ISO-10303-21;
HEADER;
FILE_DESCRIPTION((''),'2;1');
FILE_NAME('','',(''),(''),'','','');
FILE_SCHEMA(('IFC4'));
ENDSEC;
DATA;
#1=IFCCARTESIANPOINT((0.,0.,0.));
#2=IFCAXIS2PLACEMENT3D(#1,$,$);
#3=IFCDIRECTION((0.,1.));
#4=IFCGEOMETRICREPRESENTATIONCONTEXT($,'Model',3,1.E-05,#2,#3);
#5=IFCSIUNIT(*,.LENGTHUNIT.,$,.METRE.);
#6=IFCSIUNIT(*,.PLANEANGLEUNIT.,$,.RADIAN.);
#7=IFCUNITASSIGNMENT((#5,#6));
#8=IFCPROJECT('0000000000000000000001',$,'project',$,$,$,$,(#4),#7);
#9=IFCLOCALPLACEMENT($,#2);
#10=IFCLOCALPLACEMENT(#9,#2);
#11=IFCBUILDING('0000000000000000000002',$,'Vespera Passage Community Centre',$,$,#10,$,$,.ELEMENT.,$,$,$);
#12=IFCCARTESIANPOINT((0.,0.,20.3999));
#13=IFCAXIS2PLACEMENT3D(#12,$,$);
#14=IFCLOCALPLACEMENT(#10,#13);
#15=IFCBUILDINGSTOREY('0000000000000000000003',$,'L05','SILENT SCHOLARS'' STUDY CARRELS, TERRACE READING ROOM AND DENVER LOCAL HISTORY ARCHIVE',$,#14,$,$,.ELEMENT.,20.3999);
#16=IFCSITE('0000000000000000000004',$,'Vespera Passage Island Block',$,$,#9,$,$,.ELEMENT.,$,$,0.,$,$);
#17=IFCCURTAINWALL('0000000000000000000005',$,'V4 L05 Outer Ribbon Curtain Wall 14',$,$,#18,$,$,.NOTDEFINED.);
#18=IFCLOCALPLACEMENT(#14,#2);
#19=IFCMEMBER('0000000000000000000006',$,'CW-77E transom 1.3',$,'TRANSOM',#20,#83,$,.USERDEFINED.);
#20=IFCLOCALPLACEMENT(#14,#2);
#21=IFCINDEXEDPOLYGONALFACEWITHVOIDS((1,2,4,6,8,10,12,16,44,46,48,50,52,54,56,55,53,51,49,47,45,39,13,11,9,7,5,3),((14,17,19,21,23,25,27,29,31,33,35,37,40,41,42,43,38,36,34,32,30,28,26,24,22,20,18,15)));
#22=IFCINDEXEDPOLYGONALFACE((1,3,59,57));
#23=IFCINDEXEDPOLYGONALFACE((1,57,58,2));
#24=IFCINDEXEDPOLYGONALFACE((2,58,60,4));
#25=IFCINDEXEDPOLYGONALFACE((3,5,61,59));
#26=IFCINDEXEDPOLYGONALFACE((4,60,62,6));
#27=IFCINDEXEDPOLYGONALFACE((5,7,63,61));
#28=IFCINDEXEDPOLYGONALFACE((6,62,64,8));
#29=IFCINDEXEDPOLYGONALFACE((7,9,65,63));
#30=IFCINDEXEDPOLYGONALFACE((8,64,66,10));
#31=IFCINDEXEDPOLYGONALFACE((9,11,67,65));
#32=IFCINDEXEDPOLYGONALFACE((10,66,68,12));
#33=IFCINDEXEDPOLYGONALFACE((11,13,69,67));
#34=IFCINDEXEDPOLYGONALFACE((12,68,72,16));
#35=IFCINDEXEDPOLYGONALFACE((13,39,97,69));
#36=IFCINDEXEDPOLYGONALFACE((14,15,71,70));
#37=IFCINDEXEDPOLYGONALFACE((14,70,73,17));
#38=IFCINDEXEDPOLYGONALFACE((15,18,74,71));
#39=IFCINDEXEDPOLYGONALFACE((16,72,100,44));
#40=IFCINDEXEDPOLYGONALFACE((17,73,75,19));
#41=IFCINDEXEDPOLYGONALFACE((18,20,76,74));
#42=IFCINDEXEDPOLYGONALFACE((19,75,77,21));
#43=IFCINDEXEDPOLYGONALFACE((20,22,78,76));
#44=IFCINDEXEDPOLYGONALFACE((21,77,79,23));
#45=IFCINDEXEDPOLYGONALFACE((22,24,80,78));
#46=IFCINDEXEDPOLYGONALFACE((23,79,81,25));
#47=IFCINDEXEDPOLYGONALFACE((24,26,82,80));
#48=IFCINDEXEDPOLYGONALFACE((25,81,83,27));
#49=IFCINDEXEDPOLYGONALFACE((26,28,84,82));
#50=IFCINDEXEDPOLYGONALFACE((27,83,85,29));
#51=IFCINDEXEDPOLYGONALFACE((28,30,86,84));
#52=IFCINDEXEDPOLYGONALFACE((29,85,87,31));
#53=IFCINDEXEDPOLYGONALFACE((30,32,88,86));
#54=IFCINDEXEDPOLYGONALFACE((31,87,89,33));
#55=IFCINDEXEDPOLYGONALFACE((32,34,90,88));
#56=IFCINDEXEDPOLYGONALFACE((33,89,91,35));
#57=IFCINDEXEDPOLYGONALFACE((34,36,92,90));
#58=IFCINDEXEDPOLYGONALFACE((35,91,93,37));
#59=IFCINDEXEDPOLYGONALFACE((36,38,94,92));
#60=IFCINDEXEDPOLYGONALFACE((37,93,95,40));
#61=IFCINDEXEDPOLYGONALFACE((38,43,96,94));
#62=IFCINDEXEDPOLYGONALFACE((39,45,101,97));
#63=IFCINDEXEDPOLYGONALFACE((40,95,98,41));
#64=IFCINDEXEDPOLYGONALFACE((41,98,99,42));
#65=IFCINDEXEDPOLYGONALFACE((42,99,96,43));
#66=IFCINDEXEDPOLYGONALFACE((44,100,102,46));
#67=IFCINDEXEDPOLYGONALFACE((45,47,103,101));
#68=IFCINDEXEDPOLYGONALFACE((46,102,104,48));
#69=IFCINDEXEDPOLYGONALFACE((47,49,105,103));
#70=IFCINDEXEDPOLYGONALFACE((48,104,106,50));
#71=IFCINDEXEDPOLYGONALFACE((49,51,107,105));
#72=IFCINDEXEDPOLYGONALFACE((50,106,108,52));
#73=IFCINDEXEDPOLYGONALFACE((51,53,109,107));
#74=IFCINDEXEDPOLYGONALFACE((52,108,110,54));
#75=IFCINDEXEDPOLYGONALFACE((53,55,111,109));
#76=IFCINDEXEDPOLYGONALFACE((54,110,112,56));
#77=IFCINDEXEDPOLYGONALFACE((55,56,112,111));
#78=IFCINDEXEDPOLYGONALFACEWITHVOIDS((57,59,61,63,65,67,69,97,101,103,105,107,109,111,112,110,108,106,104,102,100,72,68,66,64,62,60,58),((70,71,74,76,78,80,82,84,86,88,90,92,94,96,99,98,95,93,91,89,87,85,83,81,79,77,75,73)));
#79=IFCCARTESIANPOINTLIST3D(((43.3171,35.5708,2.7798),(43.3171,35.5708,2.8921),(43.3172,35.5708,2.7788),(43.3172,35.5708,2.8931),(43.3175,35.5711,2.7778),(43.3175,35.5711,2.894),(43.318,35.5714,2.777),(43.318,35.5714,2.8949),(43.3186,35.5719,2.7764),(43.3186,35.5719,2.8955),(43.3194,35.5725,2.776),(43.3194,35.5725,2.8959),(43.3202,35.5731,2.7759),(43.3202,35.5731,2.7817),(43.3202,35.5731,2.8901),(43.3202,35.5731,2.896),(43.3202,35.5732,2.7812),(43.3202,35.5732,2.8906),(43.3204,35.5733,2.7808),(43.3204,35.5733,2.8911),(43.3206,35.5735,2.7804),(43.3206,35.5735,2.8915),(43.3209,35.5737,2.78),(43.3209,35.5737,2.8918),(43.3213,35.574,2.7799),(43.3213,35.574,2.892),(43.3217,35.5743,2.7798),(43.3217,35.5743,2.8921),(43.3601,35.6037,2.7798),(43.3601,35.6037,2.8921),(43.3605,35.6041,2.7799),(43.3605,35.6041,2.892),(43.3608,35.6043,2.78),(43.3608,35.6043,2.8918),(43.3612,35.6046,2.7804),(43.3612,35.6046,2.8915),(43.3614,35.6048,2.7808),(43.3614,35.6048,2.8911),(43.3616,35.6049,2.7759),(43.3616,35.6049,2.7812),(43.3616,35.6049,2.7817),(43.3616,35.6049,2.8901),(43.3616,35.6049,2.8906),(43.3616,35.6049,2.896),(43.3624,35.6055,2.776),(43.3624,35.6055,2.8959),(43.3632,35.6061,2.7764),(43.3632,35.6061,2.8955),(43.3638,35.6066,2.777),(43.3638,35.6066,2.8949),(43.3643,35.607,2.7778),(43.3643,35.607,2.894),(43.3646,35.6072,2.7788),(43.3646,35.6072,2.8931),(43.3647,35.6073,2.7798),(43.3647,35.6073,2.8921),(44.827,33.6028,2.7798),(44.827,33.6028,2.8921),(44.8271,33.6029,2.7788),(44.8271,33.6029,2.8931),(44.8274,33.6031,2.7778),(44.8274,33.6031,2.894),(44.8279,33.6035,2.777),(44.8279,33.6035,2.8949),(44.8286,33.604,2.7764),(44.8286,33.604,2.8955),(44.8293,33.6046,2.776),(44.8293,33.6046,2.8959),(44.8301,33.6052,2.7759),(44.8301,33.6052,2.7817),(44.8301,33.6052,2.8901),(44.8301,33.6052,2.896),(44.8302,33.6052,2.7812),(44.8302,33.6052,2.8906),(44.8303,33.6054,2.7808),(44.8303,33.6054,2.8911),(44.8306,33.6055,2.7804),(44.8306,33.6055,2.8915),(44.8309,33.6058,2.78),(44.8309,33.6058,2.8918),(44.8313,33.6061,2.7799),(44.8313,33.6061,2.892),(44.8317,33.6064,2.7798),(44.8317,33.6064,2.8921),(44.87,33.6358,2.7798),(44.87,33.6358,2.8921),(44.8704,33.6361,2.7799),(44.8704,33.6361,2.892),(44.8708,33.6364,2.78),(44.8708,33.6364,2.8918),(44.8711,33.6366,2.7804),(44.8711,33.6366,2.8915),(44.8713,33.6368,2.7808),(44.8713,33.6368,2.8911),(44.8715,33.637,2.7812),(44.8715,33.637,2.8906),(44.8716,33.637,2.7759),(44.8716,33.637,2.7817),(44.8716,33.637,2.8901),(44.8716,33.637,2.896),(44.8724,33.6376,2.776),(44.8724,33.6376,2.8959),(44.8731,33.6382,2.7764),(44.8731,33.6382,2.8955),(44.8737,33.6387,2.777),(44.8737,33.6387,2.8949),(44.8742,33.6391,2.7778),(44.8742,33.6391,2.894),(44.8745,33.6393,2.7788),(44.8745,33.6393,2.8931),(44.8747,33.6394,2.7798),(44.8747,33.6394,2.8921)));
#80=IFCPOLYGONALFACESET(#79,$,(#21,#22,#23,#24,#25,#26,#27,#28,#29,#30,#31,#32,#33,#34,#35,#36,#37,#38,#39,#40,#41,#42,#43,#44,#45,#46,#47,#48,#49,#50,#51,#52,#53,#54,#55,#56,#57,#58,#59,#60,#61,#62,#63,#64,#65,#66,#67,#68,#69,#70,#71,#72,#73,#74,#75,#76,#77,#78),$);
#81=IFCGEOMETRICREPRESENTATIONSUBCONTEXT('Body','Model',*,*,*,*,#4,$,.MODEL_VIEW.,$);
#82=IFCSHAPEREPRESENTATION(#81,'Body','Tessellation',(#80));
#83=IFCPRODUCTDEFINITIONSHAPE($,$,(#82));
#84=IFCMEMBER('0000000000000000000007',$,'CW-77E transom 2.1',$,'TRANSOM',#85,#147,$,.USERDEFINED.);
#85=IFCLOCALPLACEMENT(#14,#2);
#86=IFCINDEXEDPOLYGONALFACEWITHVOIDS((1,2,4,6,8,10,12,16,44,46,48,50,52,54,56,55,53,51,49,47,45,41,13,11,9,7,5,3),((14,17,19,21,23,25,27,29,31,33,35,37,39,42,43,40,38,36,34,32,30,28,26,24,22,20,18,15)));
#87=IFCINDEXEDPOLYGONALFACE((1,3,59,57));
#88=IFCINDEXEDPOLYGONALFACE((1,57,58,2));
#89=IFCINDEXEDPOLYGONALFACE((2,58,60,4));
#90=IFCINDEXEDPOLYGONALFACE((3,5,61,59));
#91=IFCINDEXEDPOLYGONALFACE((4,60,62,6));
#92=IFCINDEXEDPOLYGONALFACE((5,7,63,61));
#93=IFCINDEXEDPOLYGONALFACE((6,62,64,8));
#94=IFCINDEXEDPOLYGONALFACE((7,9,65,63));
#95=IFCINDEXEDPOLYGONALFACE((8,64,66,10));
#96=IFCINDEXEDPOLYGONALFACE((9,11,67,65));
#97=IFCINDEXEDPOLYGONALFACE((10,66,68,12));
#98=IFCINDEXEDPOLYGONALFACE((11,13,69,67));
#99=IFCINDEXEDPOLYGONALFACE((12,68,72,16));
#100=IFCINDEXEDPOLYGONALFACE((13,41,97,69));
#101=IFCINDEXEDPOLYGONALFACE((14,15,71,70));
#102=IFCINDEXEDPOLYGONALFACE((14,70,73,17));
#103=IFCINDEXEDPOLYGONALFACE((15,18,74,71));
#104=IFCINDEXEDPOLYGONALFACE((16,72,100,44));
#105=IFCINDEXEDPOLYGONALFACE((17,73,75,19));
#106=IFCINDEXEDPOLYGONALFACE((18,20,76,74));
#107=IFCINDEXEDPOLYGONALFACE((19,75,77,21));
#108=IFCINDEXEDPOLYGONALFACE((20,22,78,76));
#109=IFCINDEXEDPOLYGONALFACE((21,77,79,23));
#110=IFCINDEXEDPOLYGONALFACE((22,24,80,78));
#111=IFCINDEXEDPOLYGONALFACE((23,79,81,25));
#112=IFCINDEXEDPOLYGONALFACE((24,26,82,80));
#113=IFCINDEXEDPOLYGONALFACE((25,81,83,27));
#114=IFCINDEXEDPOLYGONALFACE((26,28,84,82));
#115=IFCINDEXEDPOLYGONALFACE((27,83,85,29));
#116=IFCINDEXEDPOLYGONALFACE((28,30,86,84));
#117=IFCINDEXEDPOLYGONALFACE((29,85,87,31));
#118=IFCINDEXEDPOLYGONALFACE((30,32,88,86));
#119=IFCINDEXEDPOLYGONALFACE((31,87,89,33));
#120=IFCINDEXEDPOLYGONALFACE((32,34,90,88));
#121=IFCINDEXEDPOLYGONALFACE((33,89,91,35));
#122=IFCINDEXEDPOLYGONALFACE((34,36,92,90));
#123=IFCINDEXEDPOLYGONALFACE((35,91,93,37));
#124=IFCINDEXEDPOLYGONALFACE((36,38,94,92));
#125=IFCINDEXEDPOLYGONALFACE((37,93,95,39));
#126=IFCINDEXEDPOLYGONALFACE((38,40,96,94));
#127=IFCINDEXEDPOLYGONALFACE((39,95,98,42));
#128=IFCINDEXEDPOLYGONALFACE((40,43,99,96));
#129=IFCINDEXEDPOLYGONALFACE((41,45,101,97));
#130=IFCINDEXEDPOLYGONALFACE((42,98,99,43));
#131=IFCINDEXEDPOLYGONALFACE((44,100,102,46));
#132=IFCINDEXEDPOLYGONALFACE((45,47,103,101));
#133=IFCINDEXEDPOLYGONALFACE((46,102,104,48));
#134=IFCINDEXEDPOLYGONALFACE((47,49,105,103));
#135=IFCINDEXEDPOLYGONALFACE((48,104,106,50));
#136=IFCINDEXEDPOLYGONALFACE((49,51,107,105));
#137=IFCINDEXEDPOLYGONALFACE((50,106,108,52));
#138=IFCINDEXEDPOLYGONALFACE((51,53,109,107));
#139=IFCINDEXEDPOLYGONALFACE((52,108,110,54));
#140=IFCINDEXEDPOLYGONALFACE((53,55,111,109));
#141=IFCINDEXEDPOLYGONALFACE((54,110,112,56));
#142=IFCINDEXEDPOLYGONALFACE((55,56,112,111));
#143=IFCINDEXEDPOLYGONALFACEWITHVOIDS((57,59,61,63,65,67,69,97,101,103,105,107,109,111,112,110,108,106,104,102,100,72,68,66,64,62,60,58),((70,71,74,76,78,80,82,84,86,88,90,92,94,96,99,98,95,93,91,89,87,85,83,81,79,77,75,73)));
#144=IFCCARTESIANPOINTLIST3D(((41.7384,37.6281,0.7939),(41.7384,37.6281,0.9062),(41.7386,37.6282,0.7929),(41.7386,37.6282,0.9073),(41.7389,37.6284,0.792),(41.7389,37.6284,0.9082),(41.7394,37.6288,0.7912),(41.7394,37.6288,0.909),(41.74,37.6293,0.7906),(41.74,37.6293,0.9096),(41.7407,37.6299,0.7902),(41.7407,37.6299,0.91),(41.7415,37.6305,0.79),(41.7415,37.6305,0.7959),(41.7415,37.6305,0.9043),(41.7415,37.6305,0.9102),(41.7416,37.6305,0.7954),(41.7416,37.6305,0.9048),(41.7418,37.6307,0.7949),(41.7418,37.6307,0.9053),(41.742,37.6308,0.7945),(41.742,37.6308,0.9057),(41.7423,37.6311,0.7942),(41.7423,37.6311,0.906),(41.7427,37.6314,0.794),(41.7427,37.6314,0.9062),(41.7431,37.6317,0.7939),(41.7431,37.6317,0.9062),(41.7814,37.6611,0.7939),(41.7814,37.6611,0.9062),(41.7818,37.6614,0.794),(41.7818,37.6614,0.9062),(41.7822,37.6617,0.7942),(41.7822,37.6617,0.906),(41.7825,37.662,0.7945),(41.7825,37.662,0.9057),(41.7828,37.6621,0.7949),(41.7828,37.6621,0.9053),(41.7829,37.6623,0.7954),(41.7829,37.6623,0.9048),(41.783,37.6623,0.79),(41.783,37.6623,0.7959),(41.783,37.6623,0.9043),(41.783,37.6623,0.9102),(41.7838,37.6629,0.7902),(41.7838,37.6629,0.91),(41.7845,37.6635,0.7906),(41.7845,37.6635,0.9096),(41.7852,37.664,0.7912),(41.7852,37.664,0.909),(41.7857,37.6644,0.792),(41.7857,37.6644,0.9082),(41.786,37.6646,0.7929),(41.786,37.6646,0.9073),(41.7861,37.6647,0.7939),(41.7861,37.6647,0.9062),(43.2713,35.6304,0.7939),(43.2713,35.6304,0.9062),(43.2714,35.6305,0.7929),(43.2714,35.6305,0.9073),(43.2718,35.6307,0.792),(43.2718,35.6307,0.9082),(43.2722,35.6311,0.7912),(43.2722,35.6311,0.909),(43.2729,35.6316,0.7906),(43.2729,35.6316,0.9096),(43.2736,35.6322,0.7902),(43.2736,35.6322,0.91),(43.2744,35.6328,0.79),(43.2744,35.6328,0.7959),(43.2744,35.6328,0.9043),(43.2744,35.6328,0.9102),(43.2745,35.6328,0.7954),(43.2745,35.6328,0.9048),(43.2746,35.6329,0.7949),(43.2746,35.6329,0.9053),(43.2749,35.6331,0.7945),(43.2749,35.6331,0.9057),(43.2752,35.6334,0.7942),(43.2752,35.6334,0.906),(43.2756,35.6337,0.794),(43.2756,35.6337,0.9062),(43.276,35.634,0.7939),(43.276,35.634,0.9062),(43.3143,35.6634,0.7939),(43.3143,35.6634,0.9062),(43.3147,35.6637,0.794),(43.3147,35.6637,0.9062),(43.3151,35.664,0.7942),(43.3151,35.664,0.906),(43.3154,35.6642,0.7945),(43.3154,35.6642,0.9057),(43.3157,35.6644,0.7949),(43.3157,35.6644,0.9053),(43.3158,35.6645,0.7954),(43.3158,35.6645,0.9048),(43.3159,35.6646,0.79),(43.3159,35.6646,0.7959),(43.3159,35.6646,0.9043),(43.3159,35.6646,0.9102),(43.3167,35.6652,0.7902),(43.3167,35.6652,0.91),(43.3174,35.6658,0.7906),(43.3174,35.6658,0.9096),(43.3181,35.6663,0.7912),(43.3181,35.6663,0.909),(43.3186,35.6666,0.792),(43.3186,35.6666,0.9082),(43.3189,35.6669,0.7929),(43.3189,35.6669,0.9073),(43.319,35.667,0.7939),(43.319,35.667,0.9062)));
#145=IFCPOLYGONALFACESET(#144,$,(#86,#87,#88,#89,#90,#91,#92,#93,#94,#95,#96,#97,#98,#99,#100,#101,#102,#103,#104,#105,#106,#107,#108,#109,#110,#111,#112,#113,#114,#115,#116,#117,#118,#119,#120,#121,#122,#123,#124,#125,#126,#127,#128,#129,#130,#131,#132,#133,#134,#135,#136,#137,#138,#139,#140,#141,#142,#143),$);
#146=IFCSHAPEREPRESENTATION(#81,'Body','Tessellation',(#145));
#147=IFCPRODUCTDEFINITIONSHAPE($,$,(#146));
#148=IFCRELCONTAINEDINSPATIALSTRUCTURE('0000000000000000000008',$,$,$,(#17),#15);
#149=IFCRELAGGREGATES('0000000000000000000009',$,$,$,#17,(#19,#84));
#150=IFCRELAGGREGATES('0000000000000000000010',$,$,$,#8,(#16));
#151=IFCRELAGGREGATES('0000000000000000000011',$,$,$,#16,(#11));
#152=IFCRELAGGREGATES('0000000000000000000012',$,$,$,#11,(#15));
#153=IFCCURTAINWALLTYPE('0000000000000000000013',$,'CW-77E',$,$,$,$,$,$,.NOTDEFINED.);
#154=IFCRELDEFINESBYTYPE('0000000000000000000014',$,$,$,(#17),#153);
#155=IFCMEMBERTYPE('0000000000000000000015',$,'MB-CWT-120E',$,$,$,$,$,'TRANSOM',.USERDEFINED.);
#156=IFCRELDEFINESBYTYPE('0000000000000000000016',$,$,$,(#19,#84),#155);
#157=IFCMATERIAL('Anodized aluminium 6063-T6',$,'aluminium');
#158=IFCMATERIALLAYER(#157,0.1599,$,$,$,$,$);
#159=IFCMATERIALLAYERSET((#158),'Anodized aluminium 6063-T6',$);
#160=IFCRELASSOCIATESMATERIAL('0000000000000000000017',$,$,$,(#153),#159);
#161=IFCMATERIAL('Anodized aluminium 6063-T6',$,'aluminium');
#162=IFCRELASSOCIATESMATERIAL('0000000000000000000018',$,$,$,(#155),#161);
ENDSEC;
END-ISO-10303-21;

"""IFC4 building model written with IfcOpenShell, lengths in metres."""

from ifc_helpers import new_model, si_unit, direction, frame, origin, origin_2d, place, context, subcontext, project, spatial, hollow_rectangle, extrude, material, layer, layer_set, material_profile, profile_set, type_object, element, aggregate, save


model = new_model("IFC4")

# Units and contexts
model_context = context("Model", 3, precision=1e-05, world=origin(), true_north=direction((0.0, 1.0)))
body_context = subcontext(model_context, "Body", "Model", "MODEL_VIEW")
ifc_project = project(units=[si_unit("LENGTHUNIT", "METRE"), si_unit("PLANEANGLEUNIT", "RADIAN")], contexts=[model_context])

# Site, building, storey
site_placement = place(None, origin())
site = spatial("IfcSite", under=ifc_project, at=site_placement, Name="Vespera Passage Island Block", CompositionType="ELEMENT", RefElevation=0.0)
building_placement = place(site_placement, origin())
building = spatial("IfcBuilding", under=site, at=building_placement, Name="Vespera Passage Community Centre", CompositionType="ELEMENT")
storey_placement = place(building_placement, frame((0.0, 0.0, 20.3999)))
storey = spatial("IfcBuildingStorey", under=building, at=storey_placement, Name="L05", Description="SILENT SCHOLARS' STUDY CARRELS, TERRACE READING ROOM AND DENVER LOCAL HISTORY ARCHIVE", CompositionType="ELEMENT", Elevation=20.3999)

# Curtain wall, members
ifc_material_1 = material(Name="Anodized aluminium 6063-T6", Category="aluminium")
ifc_layer_1 = layer(ifc_material_1, 0.1599)
ifc_layer_set_1 = layer_set([ifc_layer_1], Name="Anodized aluminium 6063-T6")
curtain_wall_type_1 = type_object("IfcCurtainWallType", Name="CW-77E", PredefinedType="NOTDEFINED", material=ifc_layer_set_1)
curtain_wall_1_placement = place(storey_placement, origin())
curtain_wall_1 = element("IfcCurtainWall", 1, at=curtain_wall_1_placement, inside=storey, type_object=curtain_wall_type_1, Name="V4 L05 Outer Ribbon Curtain Wall 14", PredefinedType="NOTDEFINED")
ifc_material_2 = material(Name="Anodized aluminium 6063-T6", Category="aluminium")
ifc_material_profile_1 = material_profile(ifc_material_2, hollow_rectangle(XDim=0.0601, YDim=0.1201, WallThickness=0.0039, InnerFilletRadius=0.002, OuterFilletRadius=0.0039, at=origin_2d()), Name="ALU120X60X4")
ifc_profile_set_1 = profile_set([ifc_material_profile_1], Name="Anodized aluminium 6063-T6")
member_type_1 = type_object("IfcMemberType", Name="MB-CWT-120E", ElementType="TRANSOM", PredefinedType="USERDEFINED", material=ifc_profile_set_1)
member_1_placement = place(storey_placement, frame((44.8508, 33.6211, 2.8359), z_axis=(-0.608735, 0.793373, 0.0), x_axis=(-0.793373, -0.608735, 0.0)))
member_1 = element("IfcMember", 2, at=member_1_placement, type_object=member_type_1, Name="CW-77E transom 1.3", ObjectType="TRANSOM", PredefinedType="USERDEFINED", context=body_context, shape_type="SweptSolid", body=[
    extrude(hollow_rectangle(XDim=0.0601, YDim=0.1201, WallThickness=0.0039, InnerFilletRadius=0.002, OuterFilletRadius=0.0039, at=origin_2d()), origin(), (0.0, 0.0, 1.0), 2.4805),
])
member_2_placement = place(storey_placement, frame((43.2952, 35.6487, 0.8501), z_axis=(-0.608759, 0.793355, 0.0), x_axis=(-0.793355, -0.608759, 0.0)))
member_2 = element("IfcMember", 3, at=member_2_placement, type_object=member_type_1, Name="CW-77E transom 2.1", ObjectType="TRANSOM", PredefinedType="USERDEFINED", context=body_context, shape_type="SweptSolid", body=[
    extrude(hollow_rectangle(XDim=0.0601, YDim=0.1201, WallThickness=0.0039, InnerFilletRadius=0.002, OuterFilletRadius=0.0039, at=origin_2d()), origin(), (0.0, 0.0, 1.0), 2.5181),
])

aggregate(curtain_wall_1, [member_1, member_2])

save(model, "model.ifc")
